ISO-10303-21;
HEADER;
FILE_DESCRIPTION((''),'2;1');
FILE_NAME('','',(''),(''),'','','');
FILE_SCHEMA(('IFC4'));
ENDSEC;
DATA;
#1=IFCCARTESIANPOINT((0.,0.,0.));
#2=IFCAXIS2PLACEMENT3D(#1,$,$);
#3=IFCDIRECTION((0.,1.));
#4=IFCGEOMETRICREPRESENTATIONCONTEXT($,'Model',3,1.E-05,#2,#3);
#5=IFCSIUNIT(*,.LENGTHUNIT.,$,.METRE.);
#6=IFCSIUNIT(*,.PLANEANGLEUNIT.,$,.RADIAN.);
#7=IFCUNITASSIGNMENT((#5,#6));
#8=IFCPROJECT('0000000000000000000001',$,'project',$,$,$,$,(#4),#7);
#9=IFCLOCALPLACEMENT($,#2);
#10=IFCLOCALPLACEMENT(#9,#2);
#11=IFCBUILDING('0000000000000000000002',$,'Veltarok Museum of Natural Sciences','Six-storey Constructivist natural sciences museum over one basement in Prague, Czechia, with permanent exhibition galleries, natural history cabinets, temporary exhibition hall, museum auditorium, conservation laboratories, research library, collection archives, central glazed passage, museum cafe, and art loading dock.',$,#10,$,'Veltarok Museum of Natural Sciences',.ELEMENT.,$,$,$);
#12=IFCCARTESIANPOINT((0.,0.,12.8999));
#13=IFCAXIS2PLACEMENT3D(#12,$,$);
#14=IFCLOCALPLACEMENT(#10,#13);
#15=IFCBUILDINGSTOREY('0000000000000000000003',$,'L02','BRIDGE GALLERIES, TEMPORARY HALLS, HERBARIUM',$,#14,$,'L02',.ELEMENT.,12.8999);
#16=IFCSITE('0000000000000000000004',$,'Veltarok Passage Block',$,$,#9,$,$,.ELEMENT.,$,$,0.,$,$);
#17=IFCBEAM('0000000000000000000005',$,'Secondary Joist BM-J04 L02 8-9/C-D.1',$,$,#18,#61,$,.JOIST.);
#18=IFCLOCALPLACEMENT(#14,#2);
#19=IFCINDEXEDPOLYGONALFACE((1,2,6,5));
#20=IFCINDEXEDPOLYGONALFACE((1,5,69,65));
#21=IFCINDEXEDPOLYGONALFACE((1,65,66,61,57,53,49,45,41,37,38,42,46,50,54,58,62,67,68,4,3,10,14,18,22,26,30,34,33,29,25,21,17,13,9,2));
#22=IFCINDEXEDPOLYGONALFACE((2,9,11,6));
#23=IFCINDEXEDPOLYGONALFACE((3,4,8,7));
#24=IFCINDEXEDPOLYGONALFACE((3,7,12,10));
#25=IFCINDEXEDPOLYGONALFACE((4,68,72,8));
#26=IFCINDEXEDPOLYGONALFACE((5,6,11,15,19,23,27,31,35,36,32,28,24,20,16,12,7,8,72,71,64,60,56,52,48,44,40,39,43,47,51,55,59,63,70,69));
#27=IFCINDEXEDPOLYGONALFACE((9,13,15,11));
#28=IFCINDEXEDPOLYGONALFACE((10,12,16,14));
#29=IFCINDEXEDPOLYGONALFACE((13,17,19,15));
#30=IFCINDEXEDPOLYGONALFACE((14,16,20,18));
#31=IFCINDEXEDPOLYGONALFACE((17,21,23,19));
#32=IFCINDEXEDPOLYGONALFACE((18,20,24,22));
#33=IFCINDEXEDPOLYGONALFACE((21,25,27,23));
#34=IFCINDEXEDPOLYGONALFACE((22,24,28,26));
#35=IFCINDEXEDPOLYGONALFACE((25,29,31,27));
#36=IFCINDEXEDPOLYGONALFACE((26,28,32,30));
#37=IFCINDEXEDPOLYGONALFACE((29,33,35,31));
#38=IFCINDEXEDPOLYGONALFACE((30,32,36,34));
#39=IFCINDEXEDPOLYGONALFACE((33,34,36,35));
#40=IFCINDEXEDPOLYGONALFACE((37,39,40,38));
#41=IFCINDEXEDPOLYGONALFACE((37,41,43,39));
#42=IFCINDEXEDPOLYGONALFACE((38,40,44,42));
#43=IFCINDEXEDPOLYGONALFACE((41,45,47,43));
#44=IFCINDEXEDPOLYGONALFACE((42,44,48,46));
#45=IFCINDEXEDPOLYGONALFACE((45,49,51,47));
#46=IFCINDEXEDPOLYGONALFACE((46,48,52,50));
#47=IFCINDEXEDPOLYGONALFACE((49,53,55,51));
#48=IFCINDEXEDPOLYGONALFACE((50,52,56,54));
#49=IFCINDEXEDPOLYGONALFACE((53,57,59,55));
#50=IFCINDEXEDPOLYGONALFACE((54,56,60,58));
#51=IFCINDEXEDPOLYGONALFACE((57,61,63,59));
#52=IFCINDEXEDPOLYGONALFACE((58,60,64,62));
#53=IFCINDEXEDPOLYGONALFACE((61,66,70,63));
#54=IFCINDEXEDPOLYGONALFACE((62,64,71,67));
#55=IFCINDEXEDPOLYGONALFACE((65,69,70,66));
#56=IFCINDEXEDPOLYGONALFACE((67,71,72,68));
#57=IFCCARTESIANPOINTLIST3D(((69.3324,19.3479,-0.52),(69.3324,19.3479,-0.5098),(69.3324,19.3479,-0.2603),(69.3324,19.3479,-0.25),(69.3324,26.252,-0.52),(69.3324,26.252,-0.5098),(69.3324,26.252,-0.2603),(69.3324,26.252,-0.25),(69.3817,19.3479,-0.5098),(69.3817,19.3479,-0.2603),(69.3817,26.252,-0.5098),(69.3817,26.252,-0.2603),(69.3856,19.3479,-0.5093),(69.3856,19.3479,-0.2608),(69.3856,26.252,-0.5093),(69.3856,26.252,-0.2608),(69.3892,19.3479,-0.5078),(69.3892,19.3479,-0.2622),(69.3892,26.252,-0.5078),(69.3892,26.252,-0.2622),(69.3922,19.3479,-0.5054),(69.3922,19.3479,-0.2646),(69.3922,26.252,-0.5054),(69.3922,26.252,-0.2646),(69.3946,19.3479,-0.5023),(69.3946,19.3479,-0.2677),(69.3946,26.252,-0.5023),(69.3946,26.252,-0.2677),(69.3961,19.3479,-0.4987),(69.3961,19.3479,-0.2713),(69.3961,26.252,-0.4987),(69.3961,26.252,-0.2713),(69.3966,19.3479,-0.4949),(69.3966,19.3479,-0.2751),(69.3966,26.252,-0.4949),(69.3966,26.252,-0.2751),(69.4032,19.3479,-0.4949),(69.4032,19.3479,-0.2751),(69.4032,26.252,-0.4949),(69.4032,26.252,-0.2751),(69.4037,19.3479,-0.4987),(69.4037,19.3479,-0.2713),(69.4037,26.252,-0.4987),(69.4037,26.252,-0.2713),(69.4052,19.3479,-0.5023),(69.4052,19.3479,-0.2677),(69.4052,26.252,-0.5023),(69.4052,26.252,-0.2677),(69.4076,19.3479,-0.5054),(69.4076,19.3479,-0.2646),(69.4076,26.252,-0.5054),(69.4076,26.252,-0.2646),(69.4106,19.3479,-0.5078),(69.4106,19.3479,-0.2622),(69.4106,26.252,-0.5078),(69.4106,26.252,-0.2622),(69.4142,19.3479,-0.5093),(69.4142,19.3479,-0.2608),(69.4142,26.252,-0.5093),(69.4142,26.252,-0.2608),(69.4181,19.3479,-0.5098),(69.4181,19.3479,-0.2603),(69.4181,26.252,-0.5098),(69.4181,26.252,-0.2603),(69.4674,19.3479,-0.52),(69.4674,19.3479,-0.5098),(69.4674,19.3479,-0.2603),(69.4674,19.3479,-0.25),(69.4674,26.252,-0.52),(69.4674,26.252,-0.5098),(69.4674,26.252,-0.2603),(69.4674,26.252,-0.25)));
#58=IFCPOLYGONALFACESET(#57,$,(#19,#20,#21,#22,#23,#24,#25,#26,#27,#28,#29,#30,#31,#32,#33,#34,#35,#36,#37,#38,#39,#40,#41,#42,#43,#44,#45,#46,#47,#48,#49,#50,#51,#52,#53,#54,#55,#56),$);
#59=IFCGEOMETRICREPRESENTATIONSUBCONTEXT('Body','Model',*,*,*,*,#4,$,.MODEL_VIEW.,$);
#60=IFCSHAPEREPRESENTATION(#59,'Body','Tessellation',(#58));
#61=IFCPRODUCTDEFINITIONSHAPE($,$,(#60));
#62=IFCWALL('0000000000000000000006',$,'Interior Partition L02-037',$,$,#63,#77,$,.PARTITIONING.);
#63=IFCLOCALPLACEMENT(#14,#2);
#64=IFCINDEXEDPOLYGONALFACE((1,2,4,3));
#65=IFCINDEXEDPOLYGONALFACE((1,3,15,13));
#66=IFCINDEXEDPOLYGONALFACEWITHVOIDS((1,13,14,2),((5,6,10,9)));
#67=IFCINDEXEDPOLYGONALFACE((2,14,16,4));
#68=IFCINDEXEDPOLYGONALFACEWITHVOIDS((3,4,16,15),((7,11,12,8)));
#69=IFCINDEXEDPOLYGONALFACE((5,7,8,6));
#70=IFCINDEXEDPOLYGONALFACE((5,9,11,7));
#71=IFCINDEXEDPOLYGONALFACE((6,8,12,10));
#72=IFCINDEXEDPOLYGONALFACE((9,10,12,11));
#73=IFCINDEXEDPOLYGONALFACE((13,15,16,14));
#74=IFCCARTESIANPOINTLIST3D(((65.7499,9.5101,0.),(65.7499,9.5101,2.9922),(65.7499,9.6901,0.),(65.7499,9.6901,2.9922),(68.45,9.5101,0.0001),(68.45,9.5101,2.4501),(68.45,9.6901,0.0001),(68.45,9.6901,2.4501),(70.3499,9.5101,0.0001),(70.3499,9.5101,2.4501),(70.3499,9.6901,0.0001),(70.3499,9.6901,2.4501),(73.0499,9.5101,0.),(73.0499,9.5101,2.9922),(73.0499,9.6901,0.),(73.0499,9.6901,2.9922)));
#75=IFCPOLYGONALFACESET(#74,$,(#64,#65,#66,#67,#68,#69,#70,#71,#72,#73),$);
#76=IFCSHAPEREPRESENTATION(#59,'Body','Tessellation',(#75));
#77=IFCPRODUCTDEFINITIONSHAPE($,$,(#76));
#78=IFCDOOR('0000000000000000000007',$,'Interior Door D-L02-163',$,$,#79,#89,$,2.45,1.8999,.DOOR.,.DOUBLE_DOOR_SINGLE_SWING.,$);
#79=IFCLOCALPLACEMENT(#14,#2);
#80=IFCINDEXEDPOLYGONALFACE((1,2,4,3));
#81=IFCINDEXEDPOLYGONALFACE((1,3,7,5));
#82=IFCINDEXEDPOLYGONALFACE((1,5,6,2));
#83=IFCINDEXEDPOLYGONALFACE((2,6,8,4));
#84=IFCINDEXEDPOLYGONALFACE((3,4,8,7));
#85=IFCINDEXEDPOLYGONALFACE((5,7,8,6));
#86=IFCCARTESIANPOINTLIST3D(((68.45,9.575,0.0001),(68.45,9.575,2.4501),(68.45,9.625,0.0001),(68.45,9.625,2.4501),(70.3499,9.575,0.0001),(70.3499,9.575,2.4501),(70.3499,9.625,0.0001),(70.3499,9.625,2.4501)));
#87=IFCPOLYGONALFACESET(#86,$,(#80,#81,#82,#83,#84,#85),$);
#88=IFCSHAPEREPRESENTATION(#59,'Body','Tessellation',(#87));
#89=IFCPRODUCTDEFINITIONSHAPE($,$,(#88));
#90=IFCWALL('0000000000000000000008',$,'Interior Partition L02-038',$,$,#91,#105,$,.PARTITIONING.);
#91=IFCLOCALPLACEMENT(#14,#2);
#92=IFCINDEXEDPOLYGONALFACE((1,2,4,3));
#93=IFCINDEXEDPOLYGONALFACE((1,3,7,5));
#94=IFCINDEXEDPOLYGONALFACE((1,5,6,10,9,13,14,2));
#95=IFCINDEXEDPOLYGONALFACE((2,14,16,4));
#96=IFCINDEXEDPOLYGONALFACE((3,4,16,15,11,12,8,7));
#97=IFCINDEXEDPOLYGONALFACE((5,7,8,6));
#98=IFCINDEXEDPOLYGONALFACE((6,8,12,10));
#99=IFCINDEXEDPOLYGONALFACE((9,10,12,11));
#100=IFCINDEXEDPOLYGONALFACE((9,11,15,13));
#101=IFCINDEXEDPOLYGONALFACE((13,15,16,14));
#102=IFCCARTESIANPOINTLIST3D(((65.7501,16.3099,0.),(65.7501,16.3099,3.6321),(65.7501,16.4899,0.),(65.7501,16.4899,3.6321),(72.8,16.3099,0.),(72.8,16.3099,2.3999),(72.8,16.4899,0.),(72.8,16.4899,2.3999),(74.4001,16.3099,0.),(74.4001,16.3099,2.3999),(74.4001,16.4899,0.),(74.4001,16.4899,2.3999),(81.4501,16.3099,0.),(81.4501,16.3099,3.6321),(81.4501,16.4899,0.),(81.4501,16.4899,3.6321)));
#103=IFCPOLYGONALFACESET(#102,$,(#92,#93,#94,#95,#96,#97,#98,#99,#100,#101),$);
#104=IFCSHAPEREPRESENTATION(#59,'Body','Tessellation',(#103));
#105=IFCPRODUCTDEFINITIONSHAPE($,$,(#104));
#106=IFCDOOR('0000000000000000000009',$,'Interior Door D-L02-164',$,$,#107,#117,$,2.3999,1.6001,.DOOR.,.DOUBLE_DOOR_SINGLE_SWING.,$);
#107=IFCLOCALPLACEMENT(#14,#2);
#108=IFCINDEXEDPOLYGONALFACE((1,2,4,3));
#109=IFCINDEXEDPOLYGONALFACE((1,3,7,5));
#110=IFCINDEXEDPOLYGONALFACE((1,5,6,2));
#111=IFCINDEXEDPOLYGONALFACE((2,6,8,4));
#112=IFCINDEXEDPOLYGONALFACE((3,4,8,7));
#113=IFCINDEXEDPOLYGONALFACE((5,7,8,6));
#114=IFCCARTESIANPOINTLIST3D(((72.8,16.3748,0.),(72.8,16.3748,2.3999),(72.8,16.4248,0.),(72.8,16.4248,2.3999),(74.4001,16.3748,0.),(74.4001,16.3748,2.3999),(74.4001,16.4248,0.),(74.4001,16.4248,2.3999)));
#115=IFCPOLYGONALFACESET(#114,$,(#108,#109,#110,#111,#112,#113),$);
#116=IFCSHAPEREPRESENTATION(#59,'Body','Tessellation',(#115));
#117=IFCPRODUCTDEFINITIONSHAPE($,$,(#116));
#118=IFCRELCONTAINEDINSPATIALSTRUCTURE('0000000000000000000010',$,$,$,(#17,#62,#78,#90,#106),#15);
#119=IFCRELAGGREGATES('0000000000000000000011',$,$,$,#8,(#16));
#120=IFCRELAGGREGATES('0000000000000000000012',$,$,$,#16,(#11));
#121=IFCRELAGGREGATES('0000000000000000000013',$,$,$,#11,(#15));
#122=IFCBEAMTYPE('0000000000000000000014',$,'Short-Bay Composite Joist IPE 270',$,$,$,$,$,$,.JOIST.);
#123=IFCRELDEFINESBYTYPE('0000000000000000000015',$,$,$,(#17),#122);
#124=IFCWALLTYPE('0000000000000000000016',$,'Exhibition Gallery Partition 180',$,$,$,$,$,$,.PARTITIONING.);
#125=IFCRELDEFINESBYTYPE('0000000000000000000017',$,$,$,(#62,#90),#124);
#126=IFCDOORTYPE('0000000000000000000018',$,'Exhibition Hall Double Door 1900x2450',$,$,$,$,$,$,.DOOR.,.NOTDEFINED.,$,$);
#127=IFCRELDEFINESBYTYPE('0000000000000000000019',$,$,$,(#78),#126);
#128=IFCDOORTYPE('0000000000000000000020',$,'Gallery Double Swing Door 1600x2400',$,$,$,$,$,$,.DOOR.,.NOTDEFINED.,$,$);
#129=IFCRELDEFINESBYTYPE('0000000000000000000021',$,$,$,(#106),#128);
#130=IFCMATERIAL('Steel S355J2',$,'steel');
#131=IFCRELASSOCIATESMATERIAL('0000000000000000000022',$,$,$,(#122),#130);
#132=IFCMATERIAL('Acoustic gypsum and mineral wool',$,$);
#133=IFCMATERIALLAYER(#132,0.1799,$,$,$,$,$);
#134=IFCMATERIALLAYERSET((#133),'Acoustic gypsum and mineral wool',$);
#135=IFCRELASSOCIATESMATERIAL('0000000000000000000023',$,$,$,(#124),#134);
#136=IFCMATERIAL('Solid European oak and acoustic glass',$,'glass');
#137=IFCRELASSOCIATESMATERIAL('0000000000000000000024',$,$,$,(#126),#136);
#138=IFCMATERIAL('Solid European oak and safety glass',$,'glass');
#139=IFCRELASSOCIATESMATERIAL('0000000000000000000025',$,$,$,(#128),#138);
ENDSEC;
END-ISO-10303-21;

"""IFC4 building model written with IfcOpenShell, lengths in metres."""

from ifc_helpers import new_model, si_unit, direction, frame, frame_2d, origin, origin_2d, place, context, subcontext, project, spatial, rectangle, i_section, extrude, material, layer, layer_set, material_profile, profile_set, type_object, element, fill, save


model = new_model("IFC4")

# Units and contexts
model_context = context("Model", 3, precision=1e-05, world=origin(), true_north=direction((0.0, 1.0)))
body_context = subcontext(model_context, "Body", "Model", "MODEL_VIEW")
ifc_project = project(units=[si_unit("LENGTHUNIT", "METRE"), si_unit("PLANEANGLEUNIT", "RADIAN")], contexts=[model_context])

# Site, building, storey
site_placement = place(None, origin())
site = spatial("IfcSite", under=ifc_project, at=site_placement, Name="Veltarok Passage Block", CompositionType="ELEMENT", RefElevation=0.0)
building_placement = place(site_placement, origin())
building = spatial("IfcBuilding", under=site, at=building_placement, Name="Veltarok Museum of Natural Sciences", Description="Six-storey Constructivist natural sciences museum over one basement in Prague, Czechia, with permanent exhibition galleries, natural history cabinets, temporary exhibition hall, museum auditorium, conservation laboratories, research library, collection archives, central glazed passage, museum cafe, and art loading dock.", LongName="Veltarok Museum of Natural Sciences", CompositionType="ELEMENT")
storey_placement = place(building_placement, frame((0.0, 0.0, 12.8999)))
storey = spatial("IfcBuildingStorey", under=building, at=storey_placement, Name="L02", Description="BRIDGE GALLERIES, TEMPORARY HALLS, HERBARIUM", LongName="L02", CompositionType="ELEMENT", Elevation=12.8999)

# Shared definitions
ifc_material_1 = material(Name="Steel S355J2", Category="steel")

# Beam
ifc_material_profile_1 = material_profile(ifc_material_1, i_section(OverallWidth=0.135, OverallDepth=0.27, WebThickness=0.0066, FlangeThickness=0.0103, FilletRadius=0.0149, at=origin_2d()), Name="IPE 270")
ifc_profile_set_1 = profile_set([ifc_material_profile_1], Name="Steel S355J2")
beam_type_1 = type_object("IfcBeamType", Name="Short-Bay Composite Joist IPE 270", PredefinedType="JOIST", material=ifc_profile_set_1)
for number, where, z_axis, x_axis, name in (
    (1, (69.3999, 19.3479, -0.385), (0.0, 1.0, 0.0), (-1.0, 0.0, 0.0), "Secondary Joist BM-J04 L02 8-9/C-D.1"),
):
    element("IfcBeam", number, at=place(storey_placement, frame(where, z_axis=z_axis, x_axis=x_axis)), inside=storey, type_object=beam_type_1, Name=name, PredefinedType="JOIST", context=body_context, shape_type="SweptSolid", body=[
        extrude(i_section(OverallWidth=0.135, OverallDepth=0.27, WebThickness=0.0066, FlangeThickness=0.0103, FilletRadius=0.0149, at=origin_2d()), origin(), (0.0, 0.0, 1.0), 6.9041),
    ])

# Walls, openings, doors
ifc_material_2 = material(Name="Acoustic gypsum and mineral wool")
ifc_layer = layer(ifc_material_2, 0.1799)
ifc_layer_set = layer_set([ifc_layer], Name="Acoustic gypsum and mineral wool")
wall_type = type_object("IfcWallType", Name="Exhibition Gallery Partition 180", PredefinedType="PARTITIONING", material=ifc_layer_set)
wall_1_placement = place(storey_placement, frame((65.75, 9.6001, 0.0), z_axis=(0.0, 0.0, 1.0), x_axis=(1.0, 0.0, 0.0)))
wall_1 = element("IfcWall", 2, at=wall_1_placement, inside=storey, type_object=wall_type, Name="Interior Partition L02-037", PredefinedType="PARTITIONING", context=body_context, shape_type="SweptSolid", body=[
    extrude(rectangle(XDim=7.3, YDim=0.1799, at=frame_2d((3.6499, 0.0))), origin(), (0.0, 0.0, 1.0), 2.9922),
])
opening_1_placement = place(wall_1_placement, frame((2.7, 0.0, 0.0)))
opening_1 = element("IfcOpeningElement", 3, at=opening_1_placement, cuts=wall_1, PredefinedType="OPENING", context=body_context, shape_type="SweptSolid", body=[
    extrude(rectangle(XDim=1.8999, YDim=2.45, at=frame_2d((0.95, 1.2251))), frame((0.0, 0.1001, 0.0), z_axis=(0.0, -1.0, 0.0), x_axis=(1.0, 0.0, 0.0)), (0.0, 0.0, 1.0), 0.2),
])
ifc_material_3 = material(Name="Solid European oak and acoustic glass", Category="glass")
door_type_1 = type_object("IfcDoorType", Name="Exhibition Hall Double Door 1900x2450", OperationType="NOTDEFINED", PredefinedType="DOOR", material=ifc_material_3)
door_1_placement = place(opening_1_placement, origin())
door_1 = element("IfcDoor", 4, at=door_1_placement, inside=storey, type_object=door_type_1, Name="Interior Door D-L02-163", OperationType="DOUBLE_DOOR_SINGLE_SWING", OverallHeight=2.45, OverallWidth=1.8999, PredefinedType="DOOR", context=body_context, shape_type="SweptSolid", body=[
    extrude(rectangle(XDim=1.8999, YDim=2.45, at=frame_2d((0.95, 1.2251))), frame((0.0, 0.0249, 0.0), z_axis=(0.0, -1.0, 0.0), x_axis=(1.0, 0.0, 0.0)), (0.0, 0.0, 1.0), 0.05),
])
fill(opening_1, door_1)
wall_2_placement = place(storey_placement, frame((65.75, 16.3999, 0.0), z_axis=(0.0, 0.0, 1.0), x_axis=(1.0, 0.0, 0.0)))
wall_2 = element("IfcWall", 5, at=wall_2_placement, inside=storey, type_object=wall_type, Name="Interior Partition L02-038", PredefinedType="PARTITIONING", context=body_context, shape_type="SweptSolid", body=[
    extrude(rectangle(XDim=15.7, YDim=0.1799, at=frame_2d((7.8501, 0.0))), origin(), (0.0, 0.0, 1.0), 3.6321),
])
opening_2_placement = place(wall_2_placement, frame((7.05, 0.0, 0.0)))
opening_2 = element("IfcOpeningElement", 6, at=opening_2_placement, cuts=wall_2, PredefinedType="OPENING", context=body_context, shape_type="SweptSolid", body=[
    extrude(rectangle(XDim=1.6001, YDim=2.3999, at=frame_2d((0.8, 1.2))), frame((0.0, 0.1001, 0.0), z_axis=(0.0, -1.0, 0.0), x_axis=(1.0, 0.0, 0.0)), (0.0, 0.0, 1.0), 0.2),
])
ifc_material_4 = material(Name="Solid European oak and safety glass", Category="glass")
door_type_2 = type_object("IfcDoorType", Name="Gallery Double Swing Door 1600x2400", OperationType="NOTDEFINED", PredefinedType="DOOR", material=ifc_material_4)
door_2_placement = place(opening_2_placement, origin())
door_2 = element("IfcDoor", 7, at=door_2_placement, inside=storey, type_object=door_type_2, Name="Interior Door D-L02-164", OperationType="DOUBLE_DOOR_SINGLE_SWING", OverallHeight=2.3999, OverallWidth=1.6001, PredefinedType="DOOR", context=body_context, shape_type="SweptSolid", body=[
    extrude(rectangle(XDim=1.6001, YDim=2.3999, at=frame_2d((0.8, 1.2))), frame((0.0, 0.0249, 0.0), z_axis=(0.0, -1.0, 0.0), x_axis=(1.0, 0.0, 0.0)), (0.0, 0.0, 1.0), 0.05),
])
fill(opening_2, door_2)

save(model, "model.ifc")
